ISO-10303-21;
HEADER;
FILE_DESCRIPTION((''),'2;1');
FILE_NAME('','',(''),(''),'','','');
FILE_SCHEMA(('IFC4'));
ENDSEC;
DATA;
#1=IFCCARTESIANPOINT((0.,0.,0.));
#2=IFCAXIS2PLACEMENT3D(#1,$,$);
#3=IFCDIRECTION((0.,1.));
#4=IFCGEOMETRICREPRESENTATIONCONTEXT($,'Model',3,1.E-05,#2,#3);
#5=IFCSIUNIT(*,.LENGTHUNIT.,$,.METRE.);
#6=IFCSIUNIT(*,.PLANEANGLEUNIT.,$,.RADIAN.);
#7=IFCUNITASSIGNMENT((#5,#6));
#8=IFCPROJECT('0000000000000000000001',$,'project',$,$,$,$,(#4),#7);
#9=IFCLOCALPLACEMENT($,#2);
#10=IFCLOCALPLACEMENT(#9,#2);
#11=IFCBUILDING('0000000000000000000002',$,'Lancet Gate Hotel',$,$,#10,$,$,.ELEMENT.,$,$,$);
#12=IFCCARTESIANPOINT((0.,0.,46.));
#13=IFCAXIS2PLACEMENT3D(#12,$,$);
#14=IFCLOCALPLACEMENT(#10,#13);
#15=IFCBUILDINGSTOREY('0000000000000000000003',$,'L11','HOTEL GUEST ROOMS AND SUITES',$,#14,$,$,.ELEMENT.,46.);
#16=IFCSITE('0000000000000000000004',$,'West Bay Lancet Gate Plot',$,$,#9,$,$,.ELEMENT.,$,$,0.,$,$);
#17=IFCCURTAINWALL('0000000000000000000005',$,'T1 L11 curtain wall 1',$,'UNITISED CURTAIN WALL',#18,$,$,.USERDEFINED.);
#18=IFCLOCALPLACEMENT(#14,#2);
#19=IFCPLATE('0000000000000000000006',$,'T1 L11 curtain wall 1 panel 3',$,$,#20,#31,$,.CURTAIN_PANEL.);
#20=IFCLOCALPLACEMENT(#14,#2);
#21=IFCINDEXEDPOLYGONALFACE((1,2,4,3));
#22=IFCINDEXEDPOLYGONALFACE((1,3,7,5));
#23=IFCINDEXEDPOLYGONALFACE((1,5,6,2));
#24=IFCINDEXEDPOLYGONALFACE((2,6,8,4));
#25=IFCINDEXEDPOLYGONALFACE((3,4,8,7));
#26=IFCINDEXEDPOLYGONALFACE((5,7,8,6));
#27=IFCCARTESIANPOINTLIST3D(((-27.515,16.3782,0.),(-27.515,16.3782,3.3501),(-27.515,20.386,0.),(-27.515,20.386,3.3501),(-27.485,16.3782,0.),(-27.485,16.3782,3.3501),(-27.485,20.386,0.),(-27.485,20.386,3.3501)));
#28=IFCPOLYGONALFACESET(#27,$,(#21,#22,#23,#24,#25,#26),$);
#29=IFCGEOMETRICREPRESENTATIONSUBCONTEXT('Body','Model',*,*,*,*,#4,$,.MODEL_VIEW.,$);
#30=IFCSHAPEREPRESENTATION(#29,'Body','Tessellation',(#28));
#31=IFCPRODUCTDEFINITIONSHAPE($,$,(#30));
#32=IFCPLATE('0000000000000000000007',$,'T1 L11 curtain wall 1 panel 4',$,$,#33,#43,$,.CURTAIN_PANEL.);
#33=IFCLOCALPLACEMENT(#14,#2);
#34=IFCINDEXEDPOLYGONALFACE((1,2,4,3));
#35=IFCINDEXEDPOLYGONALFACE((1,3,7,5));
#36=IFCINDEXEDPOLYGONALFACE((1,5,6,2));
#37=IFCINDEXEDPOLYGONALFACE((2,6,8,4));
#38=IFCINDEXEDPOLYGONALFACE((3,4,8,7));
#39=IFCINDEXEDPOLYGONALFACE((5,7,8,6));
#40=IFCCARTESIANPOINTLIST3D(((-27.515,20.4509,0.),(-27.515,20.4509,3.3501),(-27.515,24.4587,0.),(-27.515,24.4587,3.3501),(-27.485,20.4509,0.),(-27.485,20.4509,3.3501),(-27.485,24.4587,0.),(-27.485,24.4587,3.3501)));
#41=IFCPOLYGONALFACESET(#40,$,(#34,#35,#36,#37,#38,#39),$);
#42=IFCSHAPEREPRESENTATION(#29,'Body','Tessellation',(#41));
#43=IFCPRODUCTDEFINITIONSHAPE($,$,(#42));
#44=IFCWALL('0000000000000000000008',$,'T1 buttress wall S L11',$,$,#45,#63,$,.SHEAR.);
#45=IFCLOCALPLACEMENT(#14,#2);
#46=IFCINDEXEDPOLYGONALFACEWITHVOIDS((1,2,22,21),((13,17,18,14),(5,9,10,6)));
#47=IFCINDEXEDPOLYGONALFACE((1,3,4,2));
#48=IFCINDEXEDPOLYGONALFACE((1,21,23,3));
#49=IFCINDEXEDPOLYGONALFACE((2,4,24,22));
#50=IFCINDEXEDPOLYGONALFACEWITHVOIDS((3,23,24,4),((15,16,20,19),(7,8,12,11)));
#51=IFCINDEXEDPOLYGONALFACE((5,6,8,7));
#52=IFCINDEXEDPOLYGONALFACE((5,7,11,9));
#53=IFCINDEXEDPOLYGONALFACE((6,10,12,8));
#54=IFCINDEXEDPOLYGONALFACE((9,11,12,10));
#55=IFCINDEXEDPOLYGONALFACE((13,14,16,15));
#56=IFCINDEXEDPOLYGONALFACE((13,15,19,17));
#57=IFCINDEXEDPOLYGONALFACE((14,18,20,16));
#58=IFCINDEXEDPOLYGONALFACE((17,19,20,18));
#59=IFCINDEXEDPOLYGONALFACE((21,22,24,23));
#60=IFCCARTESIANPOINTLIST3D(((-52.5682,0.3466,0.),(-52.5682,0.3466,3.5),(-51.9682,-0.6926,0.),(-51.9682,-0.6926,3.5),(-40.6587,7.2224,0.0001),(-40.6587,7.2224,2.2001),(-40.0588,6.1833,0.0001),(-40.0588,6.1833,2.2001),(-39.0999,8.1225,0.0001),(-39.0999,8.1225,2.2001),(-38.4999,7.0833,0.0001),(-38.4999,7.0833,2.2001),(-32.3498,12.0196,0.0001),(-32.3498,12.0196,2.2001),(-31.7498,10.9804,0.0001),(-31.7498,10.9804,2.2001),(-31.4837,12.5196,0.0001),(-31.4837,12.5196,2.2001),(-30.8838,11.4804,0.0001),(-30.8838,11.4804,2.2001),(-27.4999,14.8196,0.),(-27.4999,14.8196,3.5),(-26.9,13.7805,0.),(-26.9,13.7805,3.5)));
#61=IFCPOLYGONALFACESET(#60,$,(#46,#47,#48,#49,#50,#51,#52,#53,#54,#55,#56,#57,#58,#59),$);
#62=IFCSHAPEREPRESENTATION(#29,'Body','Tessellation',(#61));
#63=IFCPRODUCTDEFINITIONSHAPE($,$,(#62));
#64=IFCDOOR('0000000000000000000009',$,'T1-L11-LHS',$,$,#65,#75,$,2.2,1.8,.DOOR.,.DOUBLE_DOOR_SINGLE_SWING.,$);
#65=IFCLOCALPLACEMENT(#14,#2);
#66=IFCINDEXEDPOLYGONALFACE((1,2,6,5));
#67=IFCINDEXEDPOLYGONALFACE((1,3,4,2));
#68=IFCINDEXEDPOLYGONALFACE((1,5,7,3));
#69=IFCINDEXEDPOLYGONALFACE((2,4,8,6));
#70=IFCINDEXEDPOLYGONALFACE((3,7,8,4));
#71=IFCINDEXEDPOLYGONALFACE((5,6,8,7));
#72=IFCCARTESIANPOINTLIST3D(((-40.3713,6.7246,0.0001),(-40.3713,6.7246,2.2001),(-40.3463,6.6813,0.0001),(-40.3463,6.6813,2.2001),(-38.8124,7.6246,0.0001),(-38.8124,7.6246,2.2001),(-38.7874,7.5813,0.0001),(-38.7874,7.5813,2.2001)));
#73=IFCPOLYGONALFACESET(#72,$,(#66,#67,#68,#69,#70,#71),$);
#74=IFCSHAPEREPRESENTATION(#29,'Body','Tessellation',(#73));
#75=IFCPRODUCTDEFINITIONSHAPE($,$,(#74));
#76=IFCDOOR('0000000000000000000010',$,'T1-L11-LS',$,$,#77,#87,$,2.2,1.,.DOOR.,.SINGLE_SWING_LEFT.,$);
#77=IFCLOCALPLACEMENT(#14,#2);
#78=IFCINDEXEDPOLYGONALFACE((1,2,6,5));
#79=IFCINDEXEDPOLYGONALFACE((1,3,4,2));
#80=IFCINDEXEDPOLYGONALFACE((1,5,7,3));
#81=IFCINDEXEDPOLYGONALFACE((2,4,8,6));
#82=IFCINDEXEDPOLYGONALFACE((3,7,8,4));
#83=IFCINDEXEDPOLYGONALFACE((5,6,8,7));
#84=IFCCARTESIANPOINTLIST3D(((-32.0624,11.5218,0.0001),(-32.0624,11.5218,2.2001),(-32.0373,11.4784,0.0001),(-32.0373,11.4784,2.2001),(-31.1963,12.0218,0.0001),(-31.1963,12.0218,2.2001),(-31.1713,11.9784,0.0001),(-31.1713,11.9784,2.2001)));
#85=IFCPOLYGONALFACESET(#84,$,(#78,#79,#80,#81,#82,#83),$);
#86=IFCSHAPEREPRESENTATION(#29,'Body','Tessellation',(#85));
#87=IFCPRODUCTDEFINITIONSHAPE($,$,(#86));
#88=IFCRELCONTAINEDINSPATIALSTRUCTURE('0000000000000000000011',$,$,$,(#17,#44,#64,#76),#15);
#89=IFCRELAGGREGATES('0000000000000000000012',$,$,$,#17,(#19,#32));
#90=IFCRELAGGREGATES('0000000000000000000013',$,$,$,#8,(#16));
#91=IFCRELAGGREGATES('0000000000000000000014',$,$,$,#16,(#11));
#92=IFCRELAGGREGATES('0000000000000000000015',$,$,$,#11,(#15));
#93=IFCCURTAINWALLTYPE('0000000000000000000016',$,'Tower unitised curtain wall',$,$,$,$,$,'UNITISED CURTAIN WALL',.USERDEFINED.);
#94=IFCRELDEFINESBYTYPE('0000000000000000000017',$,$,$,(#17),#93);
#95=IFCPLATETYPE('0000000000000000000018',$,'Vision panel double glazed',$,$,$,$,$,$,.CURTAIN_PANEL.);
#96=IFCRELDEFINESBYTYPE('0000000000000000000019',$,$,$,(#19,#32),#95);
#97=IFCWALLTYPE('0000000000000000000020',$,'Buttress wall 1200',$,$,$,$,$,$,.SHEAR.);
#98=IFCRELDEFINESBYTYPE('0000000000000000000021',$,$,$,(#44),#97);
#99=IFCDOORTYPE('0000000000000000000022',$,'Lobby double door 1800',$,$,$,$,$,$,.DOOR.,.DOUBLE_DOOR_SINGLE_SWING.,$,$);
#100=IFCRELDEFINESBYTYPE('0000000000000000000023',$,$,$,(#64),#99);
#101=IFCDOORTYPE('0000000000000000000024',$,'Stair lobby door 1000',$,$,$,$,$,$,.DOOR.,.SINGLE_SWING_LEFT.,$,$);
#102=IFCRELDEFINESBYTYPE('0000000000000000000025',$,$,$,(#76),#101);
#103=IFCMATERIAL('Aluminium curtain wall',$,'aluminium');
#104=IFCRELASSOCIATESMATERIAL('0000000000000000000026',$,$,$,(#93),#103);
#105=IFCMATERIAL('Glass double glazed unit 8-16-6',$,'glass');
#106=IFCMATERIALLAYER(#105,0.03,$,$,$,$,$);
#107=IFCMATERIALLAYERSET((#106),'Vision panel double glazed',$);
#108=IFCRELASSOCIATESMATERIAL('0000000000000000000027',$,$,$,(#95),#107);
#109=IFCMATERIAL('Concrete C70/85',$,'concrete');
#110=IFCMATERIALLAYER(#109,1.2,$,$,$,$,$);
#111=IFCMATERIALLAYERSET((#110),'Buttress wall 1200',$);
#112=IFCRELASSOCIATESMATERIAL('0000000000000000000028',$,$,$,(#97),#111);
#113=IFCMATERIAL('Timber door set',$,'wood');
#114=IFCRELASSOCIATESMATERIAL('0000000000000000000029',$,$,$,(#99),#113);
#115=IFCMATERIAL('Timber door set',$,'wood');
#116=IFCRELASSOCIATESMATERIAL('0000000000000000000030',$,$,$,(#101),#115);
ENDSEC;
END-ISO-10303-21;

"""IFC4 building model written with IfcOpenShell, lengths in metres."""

from ifc_helpers import new_model, si_unit, direction, frame, frame_2d, origin, origin_2d, place, context, subcontext, project, spatial, rectangle, extrude, material, layer, layer_set, type_object, element, fill, aggregate, save


model = new_model("IFC4")

# Units and contexts
model_context = context("Model", 3, precision=1e-05, world=origin(), true_north=direction((0.0, 1.0)))
body_context = subcontext(model_context, "Body", "Model", "MODEL_VIEW")
ifc_project = project(units=[si_unit("LENGTHUNIT", "METRE"), si_unit("PLANEANGLEUNIT", "RADIAN")], contexts=[model_context])

# Site, building, storey
site_placement = place(None, origin())
site = spatial("IfcSite", under=ifc_project, at=site_placement, Name="West Bay Lancet Gate Plot", CompositionType="ELEMENT", RefElevation=0.0)
building_placement = place(site_placement, origin())
building = spatial("IfcBuilding", under=site, at=building_placement, Name="Lancet Gate Hotel", CompositionType="ELEMENT")
storey_placement = place(building_placement, frame((0.0, 0.0, 46.0)))
storey = spatial("IfcBuildingStorey", under=building, at=storey_placement, Name="L11", Description="HOTEL GUEST ROOMS AND SUITES", CompositionType="ELEMENT", Elevation=46.0)

# Curtain wall
ifc_material_1 = material(Name="Aluminium curtain wall", Category="aluminium")
curtain_wall_type = type_object("IfcCurtainWallType", Name="Tower unitised curtain wall", ElementType="UNITISED CURTAIN WALL", PredefinedType="USERDEFINED", material=ifc_material_1)
curtain_wall_placement = place(storey_placement, origin())
curtain_wall = element("IfcCurtainWall", 1, at=curtain_wall_placement, inside=storey, type_object=curtain_wall_type, Name="T1 L11 curtain wall 1", ObjectType="UNITISED CURTAIN WALL", PredefinedType="USERDEFINED")

# Plates
ifc_material_2 = material(Name="Glass double glazed unit 8-16-6", Category="glass")
ifc_layer_1 = layer(ifc_material_2, 0.03)
ifc_layer_set_1 = layer_set([ifc_layer_1], Name="Vision panel double glazed")
plate_type = type_object("IfcPlateType", Name="Vision panel double glazed", PredefinedType="CURTAIN_PANEL", material=ifc_layer_set_1)
plate_1_placement = place(storey_placement, frame((-27.5, 18.3821, 0.0), z_axis=(0.0, 0.0, 1.0), x_axis=(0.0, 1.0, 0.0)))
plate_1 = element("IfcPlate", 2, at=plate_1_placement, type_object=plate_type, Name="T1 L11 curtain wall 1 panel 3", PredefinedType="CURTAIN_PANEL", context=body_context, shape_type="SweptSolid", body=[
    extrude(rectangle(XDim=4.0078, YDim=0.03, at=origin_2d()), origin(), (0.0, 0.0, 1.0), 3.3501),
])
plate_2_placement = place(storey_placement, frame((-27.5, 22.4548, 0.0), z_axis=(0.0, 0.0, 1.0), x_axis=(0.0, 1.0, 0.0)))
plate_2 = element("IfcPlate", 3, at=plate_2_placement, type_object=plate_type, Name="T1 L11 curtain wall 1 panel 4", PredefinedType="CURTAIN_PANEL", context=body_context, shape_type="SweptSolid", body=[
    extrude(rectangle(XDim=4.0078, YDim=0.03, at=origin_2d()), origin(), (0.0, 0.0, 1.0), 3.3501),
])
aggregate(curtain_wall, [plate_1, plate_2])

# Wall, openings, doors
ifc_material_3 = material(Name="Concrete C70/85", Category="concrete")
ifc_layer_2 = layer(ifc_material_3, 1.2)
ifc_layer_set_2 = layer_set([ifc_layer_2], Name="Buttress wall 1200")
wall_type = type_object("IfcWallType", Name="Buttress wall 1200", PredefinedType="SHEAR", material=ifc_layer_set_2)
wall_placement = place(storey_placement, frame((-27.2, 14.3, 0.0), z_axis=(0.0, 0.0, 1.0), x_axis=(-0.866027, -0.499998, 0.0)))
wall = element("IfcWall", 4, at=wall_placement, inside=storey, type_object=wall_type, Name="T1 buttress wall S L11", PredefinedType="SHEAR", context=body_context, shape_type="SweptSolid", body=[
    extrude(rectangle(XDim=28.9463, YDim=1.2, at=frame_2d((14.4731, 0.0))), origin(), (0.0, 0.0, 1.0), 3.5),
])
opening_1_placement = place(wall_placement, frame((4.6001, 0.0, 0.0)))
opening_1 = element("IfcOpeningElement", 5, at=opening_1_placement, cuts=wall, PredefinedType="OPENING", context=body_context, shape_type="SweptSolid", body=[
    extrude(rectangle(XDim=1.0, YDim=2.2, at=frame_2d((0.5, 1.1001))), frame((0.0, 0.6099, 0.0), z_axis=(0.0, -1.0, 0.0), x_axis=(1.0, 0.0, 0.0)), (0.0, 0.0, 1.0), 1.22),
])
opening_2_placement = place(wall_placement, frame((13.3945, 0.0, 0.0)))
opening_2 = element("IfcOpeningElement", 6, at=opening_2_placement, cuts=wall, PredefinedType="OPENING", context=body_context, shape_type="SweptSolid", body=[
    extrude(rectangle(XDim=1.8, YDim=2.2, at=frame_2d((0.8999, 1.1001))), frame((0.0, 0.6099, 0.0), z_axis=(0.0, -1.0, 0.0), x_axis=(1.0, 0.0, 0.0)), (0.0, 0.0, 1.0), 1.22),
])
ifc_material_4 = material(Name="Timber door set", Category="wood")
door_type_1 = type_object("IfcDoorType", Name="Lobby double door 1800", OperationType="DOUBLE_DOOR_SINGLE_SWING", PredefinedType="DOOR", material=ifc_material_4)
door_1_placement = place(opening_2_placement, origin())
door_1 = element("IfcDoor", 7, at=door_1_placement, inside=storey, type_object=door_type_1, Name="T1-L11-LHS", OperationType="DOUBLE_DOOR_SINGLE_SWING", OverallHeight=2.2, OverallWidth=1.8, PredefinedType="DOOR", context=body_context, shape_type="SweptSolid", body=[
    extrude(rectangle(XDim=1.8, YDim=2.2, at=frame_2d((0.8999, 1.1001))), frame((0.0, 0.0249, 0.0), z_axis=(0.0, -1.0, 0.0), x_axis=(1.0, 0.0, 0.0)), (0.0, 0.0, 1.0), 0.05),
])
fill(opening_2, door_1)
ifc_material_5 = material(Name="Timber door set", Category="wood")
door_type_2 = type_object("IfcDoorType", Name="Stair lobby door 1000", OperationType="SINGLE_SWING_LEFT", PredefinedType="DOOR", material=ifc_material_5)
door_2_placement = place(opening_1_placement, origin())
door_2 = element("IfcDoor", 8, at=door_2_placement, inside=storey, type_object=door_type_2, Name="T1-L11-LS", OperationType="SINGLE_SWING_LEFT", OverallHeight=2.2, OverallWidth=1.0, PredefinedType="DOOR", context=body_context, shape_type="SweptSolid", body=[
    extrude(rectangle(XDim=1.0, YDim=2.2, at=frame_2d((0.5, 1.1001))), frame((0.0, 0.0249, 0.0), z_axis=(0.0, -1.0, 0.0), x_axis=(1.0, 0.0, 0.0)), (0.0, 0.0, 1.0), 0.05),
])
fill(opening_1, door_2)

save(model, "model.ifc")
